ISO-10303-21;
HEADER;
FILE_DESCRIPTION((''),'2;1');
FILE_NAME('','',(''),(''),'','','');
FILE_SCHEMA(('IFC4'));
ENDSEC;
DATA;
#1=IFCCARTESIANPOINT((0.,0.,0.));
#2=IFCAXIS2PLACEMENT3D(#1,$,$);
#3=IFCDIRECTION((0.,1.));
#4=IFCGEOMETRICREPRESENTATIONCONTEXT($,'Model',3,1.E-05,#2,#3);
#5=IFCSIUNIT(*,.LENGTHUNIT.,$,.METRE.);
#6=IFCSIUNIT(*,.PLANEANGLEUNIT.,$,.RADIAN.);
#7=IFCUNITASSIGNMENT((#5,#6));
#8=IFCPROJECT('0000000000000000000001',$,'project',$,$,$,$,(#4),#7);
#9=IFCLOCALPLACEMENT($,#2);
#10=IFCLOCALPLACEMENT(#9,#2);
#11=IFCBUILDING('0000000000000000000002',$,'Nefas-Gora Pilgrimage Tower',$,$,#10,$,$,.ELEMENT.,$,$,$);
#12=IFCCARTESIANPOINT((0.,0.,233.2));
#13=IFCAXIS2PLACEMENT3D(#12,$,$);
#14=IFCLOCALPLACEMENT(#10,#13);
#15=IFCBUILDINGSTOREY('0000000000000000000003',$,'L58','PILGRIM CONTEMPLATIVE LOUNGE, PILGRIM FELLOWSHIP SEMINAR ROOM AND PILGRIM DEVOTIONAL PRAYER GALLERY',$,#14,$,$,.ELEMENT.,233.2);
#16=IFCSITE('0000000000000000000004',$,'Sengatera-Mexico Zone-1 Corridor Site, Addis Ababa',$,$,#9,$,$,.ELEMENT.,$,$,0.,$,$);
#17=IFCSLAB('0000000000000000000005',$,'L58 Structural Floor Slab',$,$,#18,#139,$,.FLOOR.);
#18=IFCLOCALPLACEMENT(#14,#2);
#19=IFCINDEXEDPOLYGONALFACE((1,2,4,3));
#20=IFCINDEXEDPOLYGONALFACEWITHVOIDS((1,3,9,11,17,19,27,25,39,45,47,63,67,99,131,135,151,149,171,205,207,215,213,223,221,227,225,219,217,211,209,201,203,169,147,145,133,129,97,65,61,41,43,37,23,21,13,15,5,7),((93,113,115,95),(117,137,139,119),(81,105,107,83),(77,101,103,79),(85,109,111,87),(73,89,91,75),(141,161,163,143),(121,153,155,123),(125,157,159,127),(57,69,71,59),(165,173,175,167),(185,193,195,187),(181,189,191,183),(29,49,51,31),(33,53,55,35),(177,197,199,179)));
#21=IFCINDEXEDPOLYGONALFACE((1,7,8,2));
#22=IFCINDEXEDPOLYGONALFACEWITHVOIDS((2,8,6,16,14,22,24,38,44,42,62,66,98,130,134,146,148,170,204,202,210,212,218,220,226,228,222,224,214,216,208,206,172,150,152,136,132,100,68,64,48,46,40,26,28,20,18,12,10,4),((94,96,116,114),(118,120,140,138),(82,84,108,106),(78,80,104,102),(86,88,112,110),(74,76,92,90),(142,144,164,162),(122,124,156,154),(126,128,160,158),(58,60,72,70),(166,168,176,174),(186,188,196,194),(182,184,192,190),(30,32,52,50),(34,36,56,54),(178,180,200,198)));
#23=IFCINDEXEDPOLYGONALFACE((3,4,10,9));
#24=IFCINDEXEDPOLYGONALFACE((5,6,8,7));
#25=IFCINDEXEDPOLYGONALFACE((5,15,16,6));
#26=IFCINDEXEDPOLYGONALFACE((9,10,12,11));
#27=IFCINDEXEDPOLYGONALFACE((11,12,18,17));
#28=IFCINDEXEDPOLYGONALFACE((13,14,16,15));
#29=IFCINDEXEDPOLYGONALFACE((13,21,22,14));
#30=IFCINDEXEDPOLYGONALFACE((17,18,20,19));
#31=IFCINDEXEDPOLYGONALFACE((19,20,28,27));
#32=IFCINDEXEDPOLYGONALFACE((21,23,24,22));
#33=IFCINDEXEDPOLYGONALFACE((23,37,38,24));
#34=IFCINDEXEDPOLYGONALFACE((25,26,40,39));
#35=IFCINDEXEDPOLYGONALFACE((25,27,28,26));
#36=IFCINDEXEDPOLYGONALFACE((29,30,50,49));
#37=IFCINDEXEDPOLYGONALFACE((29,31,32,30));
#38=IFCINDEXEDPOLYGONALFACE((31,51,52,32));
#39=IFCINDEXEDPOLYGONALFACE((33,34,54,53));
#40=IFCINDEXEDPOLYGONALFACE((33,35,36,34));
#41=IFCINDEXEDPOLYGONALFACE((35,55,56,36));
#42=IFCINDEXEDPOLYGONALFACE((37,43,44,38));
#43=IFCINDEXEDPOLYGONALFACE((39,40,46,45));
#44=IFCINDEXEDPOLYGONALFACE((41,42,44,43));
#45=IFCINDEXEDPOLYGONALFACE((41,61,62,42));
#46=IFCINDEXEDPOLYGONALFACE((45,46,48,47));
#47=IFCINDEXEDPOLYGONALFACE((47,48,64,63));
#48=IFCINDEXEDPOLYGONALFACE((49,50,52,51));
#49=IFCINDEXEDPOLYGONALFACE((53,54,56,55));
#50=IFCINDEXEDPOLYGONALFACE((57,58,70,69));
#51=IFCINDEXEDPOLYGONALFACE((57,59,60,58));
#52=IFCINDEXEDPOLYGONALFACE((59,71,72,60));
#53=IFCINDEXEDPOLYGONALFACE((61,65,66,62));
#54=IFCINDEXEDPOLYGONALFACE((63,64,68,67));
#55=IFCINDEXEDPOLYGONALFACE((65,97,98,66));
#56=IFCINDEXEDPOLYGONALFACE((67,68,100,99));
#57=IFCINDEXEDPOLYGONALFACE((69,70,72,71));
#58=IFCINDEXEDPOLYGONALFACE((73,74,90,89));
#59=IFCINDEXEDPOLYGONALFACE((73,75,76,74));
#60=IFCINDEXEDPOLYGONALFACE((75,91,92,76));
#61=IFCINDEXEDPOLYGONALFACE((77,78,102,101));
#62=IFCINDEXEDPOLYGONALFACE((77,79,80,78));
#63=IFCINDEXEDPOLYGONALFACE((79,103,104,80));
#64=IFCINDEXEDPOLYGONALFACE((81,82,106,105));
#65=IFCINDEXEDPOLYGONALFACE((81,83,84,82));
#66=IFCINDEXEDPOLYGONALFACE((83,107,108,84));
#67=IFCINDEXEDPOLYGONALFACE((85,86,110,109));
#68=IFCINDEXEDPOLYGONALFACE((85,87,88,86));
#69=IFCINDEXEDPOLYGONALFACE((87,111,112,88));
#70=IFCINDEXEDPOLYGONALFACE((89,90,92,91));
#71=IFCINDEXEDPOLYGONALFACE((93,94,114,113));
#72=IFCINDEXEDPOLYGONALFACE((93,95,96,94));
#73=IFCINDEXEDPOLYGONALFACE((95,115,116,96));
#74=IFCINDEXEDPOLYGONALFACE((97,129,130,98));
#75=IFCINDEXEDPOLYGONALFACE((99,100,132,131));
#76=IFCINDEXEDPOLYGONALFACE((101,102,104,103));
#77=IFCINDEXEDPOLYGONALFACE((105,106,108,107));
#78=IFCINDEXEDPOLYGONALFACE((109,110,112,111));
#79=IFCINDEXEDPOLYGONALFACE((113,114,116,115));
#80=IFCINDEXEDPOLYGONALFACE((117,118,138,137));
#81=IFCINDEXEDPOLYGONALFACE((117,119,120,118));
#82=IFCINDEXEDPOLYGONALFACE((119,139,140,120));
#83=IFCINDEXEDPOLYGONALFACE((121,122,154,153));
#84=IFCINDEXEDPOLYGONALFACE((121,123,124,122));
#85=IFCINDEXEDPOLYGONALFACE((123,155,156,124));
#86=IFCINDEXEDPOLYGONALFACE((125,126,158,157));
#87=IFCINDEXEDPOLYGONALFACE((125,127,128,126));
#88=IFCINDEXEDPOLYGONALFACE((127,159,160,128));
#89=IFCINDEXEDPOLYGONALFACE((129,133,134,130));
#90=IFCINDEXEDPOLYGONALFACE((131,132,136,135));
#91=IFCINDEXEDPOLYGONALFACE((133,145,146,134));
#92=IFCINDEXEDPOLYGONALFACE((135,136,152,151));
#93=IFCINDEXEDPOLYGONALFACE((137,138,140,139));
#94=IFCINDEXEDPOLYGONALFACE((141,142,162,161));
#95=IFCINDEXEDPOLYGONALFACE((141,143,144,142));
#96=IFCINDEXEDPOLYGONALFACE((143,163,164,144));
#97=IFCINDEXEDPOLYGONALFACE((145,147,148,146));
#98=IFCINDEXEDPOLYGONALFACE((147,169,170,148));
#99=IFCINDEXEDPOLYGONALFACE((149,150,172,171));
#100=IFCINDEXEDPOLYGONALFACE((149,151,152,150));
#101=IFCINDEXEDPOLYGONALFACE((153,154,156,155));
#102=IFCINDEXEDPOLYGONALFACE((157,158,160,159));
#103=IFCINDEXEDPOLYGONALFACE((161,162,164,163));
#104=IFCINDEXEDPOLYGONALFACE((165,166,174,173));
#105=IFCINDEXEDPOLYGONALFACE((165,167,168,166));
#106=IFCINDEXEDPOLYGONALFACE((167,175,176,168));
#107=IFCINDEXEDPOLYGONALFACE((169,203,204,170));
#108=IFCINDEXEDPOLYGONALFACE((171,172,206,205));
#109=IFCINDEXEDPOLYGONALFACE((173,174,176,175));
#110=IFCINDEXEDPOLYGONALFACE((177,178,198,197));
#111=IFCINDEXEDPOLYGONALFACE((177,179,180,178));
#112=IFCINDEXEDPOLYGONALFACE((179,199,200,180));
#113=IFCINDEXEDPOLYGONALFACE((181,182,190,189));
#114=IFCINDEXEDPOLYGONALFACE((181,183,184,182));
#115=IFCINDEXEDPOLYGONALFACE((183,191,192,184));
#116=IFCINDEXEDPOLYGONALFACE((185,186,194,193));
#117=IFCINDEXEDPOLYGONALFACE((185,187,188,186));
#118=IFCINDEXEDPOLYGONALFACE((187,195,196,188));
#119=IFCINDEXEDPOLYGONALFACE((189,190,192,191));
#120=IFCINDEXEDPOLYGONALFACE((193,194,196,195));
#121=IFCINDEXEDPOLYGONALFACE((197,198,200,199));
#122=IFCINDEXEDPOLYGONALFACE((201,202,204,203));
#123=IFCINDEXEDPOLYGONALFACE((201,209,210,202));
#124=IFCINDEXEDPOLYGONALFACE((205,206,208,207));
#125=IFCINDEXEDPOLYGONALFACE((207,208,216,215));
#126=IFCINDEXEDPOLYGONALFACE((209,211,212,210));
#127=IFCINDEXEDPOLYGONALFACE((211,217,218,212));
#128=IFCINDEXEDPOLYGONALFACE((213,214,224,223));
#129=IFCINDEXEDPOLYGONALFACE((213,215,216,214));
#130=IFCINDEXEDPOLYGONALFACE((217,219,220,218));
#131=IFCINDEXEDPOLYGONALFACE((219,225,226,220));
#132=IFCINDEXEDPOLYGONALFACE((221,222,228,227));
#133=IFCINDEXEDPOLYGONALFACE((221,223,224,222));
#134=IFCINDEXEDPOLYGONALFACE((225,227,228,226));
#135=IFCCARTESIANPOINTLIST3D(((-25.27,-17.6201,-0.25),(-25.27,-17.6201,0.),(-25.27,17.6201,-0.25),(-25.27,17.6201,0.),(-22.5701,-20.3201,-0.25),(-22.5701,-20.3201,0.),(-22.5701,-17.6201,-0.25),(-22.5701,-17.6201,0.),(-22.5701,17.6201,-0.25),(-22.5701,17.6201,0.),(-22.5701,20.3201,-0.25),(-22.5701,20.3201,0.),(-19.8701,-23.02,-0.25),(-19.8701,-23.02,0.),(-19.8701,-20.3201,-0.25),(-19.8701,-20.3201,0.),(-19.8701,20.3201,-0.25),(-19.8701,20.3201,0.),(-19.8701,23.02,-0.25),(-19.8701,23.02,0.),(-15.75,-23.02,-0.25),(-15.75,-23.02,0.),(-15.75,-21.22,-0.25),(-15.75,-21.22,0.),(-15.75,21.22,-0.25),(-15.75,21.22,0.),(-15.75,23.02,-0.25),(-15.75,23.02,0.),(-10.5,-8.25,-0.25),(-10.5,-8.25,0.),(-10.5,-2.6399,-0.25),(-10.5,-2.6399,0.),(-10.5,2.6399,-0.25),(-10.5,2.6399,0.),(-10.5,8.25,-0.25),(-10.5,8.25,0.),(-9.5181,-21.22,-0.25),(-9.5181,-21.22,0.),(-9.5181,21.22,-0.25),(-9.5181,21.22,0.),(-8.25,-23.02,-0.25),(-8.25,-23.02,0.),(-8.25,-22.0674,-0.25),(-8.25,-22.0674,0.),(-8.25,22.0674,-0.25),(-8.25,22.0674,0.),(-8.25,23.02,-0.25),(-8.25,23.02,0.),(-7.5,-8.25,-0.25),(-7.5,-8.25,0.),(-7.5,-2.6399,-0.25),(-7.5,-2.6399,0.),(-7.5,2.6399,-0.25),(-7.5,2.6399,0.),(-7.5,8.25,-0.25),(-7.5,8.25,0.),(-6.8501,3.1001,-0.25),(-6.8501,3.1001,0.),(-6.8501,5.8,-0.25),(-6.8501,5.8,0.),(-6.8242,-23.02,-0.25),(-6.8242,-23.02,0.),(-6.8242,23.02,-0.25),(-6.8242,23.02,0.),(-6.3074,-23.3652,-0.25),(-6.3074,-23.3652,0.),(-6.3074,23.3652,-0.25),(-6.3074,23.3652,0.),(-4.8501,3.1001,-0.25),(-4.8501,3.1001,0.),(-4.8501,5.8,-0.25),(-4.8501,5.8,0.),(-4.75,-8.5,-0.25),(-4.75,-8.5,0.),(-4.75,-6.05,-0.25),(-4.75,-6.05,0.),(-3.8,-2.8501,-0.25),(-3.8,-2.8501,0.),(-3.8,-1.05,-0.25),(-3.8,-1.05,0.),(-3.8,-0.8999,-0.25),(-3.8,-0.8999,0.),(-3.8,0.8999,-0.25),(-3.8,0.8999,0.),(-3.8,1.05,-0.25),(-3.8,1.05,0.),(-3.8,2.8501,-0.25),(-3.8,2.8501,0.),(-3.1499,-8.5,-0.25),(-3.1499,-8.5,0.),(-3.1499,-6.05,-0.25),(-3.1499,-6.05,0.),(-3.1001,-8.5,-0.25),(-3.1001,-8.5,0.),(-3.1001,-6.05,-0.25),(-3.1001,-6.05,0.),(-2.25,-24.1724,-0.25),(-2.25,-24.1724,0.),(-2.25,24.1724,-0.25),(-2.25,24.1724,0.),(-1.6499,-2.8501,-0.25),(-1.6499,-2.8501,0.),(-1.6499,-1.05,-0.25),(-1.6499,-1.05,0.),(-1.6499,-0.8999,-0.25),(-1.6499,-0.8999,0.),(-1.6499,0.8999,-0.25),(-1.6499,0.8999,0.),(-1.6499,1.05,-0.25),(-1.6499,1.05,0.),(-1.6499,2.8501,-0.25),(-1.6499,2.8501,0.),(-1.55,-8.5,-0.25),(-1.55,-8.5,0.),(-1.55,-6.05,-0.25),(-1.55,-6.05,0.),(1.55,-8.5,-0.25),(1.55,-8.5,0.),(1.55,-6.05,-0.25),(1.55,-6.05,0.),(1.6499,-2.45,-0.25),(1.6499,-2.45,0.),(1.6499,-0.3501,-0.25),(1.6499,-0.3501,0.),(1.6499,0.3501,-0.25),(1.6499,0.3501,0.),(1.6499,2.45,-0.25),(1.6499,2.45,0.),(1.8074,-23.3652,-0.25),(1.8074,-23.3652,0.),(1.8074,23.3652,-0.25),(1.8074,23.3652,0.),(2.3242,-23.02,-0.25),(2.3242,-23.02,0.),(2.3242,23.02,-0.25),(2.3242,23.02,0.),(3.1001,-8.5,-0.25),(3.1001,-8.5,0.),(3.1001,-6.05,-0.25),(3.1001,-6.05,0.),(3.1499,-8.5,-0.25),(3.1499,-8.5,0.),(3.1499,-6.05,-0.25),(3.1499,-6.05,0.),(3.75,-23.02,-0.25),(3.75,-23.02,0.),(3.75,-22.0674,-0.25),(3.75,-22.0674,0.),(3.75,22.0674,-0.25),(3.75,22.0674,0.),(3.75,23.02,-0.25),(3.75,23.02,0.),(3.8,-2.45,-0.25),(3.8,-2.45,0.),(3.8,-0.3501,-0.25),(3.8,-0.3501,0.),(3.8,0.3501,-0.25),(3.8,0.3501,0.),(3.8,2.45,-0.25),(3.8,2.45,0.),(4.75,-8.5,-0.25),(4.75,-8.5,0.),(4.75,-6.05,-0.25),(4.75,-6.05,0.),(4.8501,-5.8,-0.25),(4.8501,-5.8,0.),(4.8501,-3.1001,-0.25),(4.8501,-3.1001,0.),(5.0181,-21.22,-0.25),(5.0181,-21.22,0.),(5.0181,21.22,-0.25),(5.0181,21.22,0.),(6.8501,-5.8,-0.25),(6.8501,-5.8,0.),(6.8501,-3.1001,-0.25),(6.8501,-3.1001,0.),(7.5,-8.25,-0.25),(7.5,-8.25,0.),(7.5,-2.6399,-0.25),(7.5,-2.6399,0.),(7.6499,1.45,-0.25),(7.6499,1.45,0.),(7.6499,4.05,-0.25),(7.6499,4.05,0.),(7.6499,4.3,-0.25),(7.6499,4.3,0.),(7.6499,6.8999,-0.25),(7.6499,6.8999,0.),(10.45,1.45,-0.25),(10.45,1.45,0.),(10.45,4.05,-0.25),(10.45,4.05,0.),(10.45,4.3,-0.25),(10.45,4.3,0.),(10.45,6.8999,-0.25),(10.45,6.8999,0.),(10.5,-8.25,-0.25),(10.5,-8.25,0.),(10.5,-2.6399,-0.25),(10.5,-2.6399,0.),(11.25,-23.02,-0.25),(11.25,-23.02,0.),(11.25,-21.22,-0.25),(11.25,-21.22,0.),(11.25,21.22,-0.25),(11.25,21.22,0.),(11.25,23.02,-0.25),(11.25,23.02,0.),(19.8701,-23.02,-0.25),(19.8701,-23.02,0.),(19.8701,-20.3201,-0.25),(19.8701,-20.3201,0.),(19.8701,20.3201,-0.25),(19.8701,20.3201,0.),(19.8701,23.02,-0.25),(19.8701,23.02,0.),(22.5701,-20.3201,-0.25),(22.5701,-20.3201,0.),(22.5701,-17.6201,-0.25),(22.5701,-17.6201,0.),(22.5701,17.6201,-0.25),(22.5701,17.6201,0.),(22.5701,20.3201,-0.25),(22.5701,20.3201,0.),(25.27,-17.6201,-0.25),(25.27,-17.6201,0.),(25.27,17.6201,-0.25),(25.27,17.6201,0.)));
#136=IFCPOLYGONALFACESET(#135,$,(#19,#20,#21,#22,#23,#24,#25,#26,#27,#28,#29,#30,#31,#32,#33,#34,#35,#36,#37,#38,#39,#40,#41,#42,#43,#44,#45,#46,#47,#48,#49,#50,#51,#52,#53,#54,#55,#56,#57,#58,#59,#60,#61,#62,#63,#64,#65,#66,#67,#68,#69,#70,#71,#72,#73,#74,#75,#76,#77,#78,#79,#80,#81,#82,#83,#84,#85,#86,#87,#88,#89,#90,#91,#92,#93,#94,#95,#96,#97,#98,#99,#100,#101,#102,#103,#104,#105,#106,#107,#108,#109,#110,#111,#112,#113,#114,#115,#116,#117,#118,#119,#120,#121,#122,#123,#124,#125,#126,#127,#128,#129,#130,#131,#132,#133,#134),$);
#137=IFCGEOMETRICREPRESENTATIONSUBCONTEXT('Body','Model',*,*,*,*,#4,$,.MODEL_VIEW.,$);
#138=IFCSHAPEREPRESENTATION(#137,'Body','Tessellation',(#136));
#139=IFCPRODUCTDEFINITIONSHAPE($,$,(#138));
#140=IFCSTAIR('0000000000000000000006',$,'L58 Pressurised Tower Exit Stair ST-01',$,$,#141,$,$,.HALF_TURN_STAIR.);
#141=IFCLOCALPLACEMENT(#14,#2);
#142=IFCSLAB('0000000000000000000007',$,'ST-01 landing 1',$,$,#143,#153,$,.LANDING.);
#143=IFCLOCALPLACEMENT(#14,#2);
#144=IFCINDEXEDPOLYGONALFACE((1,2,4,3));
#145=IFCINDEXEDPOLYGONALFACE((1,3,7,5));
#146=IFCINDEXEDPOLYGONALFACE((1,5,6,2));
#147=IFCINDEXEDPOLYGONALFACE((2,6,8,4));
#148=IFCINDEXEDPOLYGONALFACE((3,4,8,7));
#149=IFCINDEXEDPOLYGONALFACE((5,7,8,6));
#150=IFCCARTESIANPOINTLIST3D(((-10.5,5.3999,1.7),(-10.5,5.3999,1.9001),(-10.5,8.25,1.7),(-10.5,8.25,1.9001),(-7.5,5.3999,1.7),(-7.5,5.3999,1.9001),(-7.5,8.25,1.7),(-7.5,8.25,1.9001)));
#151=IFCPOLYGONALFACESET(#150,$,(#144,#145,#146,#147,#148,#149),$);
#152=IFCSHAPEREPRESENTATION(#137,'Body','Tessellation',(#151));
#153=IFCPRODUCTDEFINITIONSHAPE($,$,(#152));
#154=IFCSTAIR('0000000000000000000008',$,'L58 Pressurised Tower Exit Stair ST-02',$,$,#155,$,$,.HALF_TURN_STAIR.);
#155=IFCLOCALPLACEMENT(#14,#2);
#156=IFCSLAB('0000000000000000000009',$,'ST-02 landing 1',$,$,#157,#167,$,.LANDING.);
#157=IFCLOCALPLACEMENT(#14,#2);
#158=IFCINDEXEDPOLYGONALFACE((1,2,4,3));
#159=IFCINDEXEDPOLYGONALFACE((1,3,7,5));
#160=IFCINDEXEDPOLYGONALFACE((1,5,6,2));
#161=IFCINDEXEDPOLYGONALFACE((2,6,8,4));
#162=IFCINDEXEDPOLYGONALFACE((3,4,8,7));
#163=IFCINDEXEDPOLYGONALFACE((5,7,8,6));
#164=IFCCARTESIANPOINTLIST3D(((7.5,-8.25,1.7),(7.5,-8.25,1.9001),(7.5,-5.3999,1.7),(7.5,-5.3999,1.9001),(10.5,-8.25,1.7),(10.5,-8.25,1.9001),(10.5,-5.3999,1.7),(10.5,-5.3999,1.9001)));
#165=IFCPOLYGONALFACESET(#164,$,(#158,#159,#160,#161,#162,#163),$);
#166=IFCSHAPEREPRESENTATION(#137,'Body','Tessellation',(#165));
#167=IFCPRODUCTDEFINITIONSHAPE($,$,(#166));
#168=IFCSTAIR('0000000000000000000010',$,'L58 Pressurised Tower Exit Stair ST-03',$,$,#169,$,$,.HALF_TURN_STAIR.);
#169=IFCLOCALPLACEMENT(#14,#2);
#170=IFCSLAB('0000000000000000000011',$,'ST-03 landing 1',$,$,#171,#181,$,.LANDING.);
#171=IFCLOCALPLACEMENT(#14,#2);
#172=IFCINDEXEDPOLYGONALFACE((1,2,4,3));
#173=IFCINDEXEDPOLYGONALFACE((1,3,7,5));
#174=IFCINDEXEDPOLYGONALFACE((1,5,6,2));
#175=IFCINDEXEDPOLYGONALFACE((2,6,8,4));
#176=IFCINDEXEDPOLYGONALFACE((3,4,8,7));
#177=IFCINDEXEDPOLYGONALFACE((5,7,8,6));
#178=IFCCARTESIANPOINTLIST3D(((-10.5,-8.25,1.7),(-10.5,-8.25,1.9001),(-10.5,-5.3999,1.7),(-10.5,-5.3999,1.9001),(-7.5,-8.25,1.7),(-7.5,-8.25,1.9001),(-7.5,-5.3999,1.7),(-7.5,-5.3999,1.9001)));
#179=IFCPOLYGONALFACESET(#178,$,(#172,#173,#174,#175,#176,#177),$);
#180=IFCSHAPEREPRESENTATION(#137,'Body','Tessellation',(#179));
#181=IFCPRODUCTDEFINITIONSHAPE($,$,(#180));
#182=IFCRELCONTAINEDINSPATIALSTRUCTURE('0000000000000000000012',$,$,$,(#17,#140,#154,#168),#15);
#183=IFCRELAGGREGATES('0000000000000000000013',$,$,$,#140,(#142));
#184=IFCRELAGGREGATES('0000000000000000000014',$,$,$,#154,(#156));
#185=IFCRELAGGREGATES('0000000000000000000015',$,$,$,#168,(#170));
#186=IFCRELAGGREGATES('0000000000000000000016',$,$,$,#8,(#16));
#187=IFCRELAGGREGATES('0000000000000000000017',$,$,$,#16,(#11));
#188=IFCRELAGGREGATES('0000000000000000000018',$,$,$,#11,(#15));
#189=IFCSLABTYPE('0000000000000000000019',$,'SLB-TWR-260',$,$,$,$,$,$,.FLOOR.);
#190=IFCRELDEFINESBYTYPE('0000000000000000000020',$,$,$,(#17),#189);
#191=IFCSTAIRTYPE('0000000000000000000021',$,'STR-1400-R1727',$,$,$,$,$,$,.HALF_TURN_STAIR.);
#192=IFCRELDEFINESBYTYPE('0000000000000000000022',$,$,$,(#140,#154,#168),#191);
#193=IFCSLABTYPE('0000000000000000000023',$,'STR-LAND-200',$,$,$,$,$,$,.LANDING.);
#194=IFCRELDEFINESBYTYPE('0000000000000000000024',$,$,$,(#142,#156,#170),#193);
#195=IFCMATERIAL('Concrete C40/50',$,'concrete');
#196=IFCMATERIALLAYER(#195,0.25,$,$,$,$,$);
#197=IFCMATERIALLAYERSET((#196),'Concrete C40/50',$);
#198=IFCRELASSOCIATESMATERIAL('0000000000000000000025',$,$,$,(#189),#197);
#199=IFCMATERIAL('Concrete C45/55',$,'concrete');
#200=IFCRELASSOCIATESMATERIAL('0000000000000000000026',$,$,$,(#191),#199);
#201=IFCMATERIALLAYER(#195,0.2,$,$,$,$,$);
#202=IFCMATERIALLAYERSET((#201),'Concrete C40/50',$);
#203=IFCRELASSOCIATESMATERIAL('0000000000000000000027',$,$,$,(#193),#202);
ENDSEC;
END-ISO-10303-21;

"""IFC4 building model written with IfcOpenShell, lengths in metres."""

from ifc_helpers import new_model, si_unit, direction, frame, origin, place, context, subcontext, project, spatial, polyline, outline, extrude, material, layer, layer_set, type_object, element, aggregate, save


model = new_model("IFC4")

# Units and contexts
model_context = context("Model", 3, precision=1e-05, world=origin(), true_north=direction((0.0, 1.0)))
body_context = subcontext(model_context, "Body", "Model", "MODEL_VIEW")
ifc_project = project(units=[si_unit("LENGTHUNIT", "METRE"), si_unit("PLANEANGLEUNIT", "RADIAN")], contexts=[model_context])

# Site, building, storey
site_placement = place(None, origin())
site = spatial("IfcSite", under=ifc_project, at=site_placement, Name="Sengatera-Mexico Zone-1 Corridor Site, Addis Ababa", CompositionType="ELEMENT", RefElevation=0.0)
building_placement = place(site_placement, origin())
building = spatial("IfcBuilding", under=site, at=building_placement, Name="Nefas-Gora Pilgrimage Tower", CompositionType="ELEMENT")
storey_placement = place(building_placement, frame((0.0, 0.0, 233.2)))
storey = spatial("IfcBuildingStorey", under=building, at=storey_placement, Name="L58", Description="PILGRIM CONTEMPLATIVE LOUNGE, PILGRIM FELLOWSHIP SEMINAR ROOM AND PILGRIM DEVOTIONAL PRAYER GALLERY", CompositionType="ELEMENT", Elevation=233.2)

# Slab
ifc_material_1 = material(Name="Concrete C40/50", Category="concrete")
ifc_layer_1 = layer(ifc_material_1, 0.25)
ifc_layer_set_1 = layer_set([ifc_layer_1], Name="Concrete C40/50")
slab_type_1 = type_object("IfcSlabType", Name="SLB-TWR-260", PredefinedType="FLOOR", material=ifc_layer_set_1)
slab_1_placement = place(storey_placement, frame((0.0, 0.0, -0.25)))
element("IfcSlab", 1, at=slab_1_placement, inside=storey, type_object=slab_type_1, Name="L58 Structural Floor Slab", PredefinedType="FLOOR", context=body_context, shape_type="SweptSolid", body=[
    extrude(outline(polyline([(5.0181, -21.22), (11.25, -21.22), (11.25, -23.02), (19.8701, -23.02), (19.8701, -20.3201), (22.5701, -20.3201), (22.5701, -17.6201), (25.27, -17.6201), (25.27, 17.6201), (22.5701, 17.6201), (22.5701, 20.3201), (19.8701, 20.3201), (19.8701, 23.02), (11.25, 23.02), (11.25, 21.22), (5.0181, 21.22), (3.75, 22.0674), (3.75, 23.02), (2.3242, 23.02), (1.8074, 23.3652), (-2.25, 24.1724), (-6.3074, 23.3652), (-6.8242, 23.02), (-8.25, 23.02), (-8.25, 22.0674), (-9.5181, 21.22), (-15.75, 21.22), (-15.75, 23.02), (-19.8701, 23.02), (-19.8701, 20.3201), (-22.5701, 20.3201), (-22.5701, 17.6201), (-25.27, 17.6201), (-25.27, -17.6201), (-22.5701, -17.6201), (-22.5701, -20.3201), (-19.8701, -20.3201), (-19.8701, -23.02), (-15.75, -23.02), (-15.75, -21.22), (-9.5181, -21.22), (-8.25, -22.0674), (-8.25, -23.02), (-6.8242, -23.02), (-6.3074, -23.3652), (-2.25, -24.1724), (1.8074, -23.3652), (2.3242, -23.02), (3.75, -23.02), (3.75, -22.0674), (5.0181, -21.22)]), holes=[polyline([(-10.5, 2.6399), (-10.5, 8.25), (-7.5, 8.25), (-7.5, 2.6399), (-10.5, 2.6399)]), polyline([(10.5, -2.6399), (10.5, -8.25), (7.5, -8.25), (7.5, -2.6399), (10.5, -2.6399)]), polyline([(-7.5, -2.6399), (-7.5, -8.25), (-10.5, -8.25), (-10.5, -2.6399), (-7.5, -2.6399)]), polyline([(-6.8501, 5.8), (-4.8501, 5.8), (-4.8501, 3.1001), (-6.8501, 3.1001), (-6.8501, 5.8)]), polyline([(4.8501, -3.1001), (6.8501, -3.1001), (6.8501, -5.8), (4.8501, -5.8), (4.8501, -3.1001)]), polyline([(7.6499, 4.05), (10.45, 4.05), (10.45, 1.45), (7.6499, 1.45), (7.6499, 4.05)]), polyline([(7.6499, 6.8999), (10.45, 6.8999), (10.45, 4.3), (7.6499, 4.3), (7.6499, 6.8999)]), polyline([(-4.75, -6.05), (-3.1499, -6.05), (-3.1499, -8.5), (-4.75, -8.5), (-4.75, -6.05)]), polyline([(-3.1001, -6.05), (-1.55, -6.05), (-1.55, -8.5), (-3.1001, -8.5), (-3.1001, -6.05)]), polyline([(1.55, -6.05), (3.1001, -6.05), (3.1001, -8.5), (1.55, -8.5), (1.55, -6.05)]), polyline([(3.1499, -6.05), (4.75, -6.05), (4.75, -8.5), (3.1499, -8.5), (3.1499, -6.05)]), polyline([(-3.8, -1.05), (-1.6499, -1.05), (-1.6499, -2.8501), (-3.8, -2.8501), (-3.8, -1.05)]), polyline([(-3.8, 0.8999), (-1.6499, 0.8999), (-1.6499, -0.8999), (-3.8, -0.8999), (-3.8, 0.8999)]), polyline([(-3.8, 2.8501), (-1.6499, 2.8501), (-1.6499, 1.05), (-3.8, 1.05), (-3.8, 2.8501)]), polyline([(1.6499, -0.3501), (3.8, -0.3501), (3.8, -2.45), (1.6499, -2.45), (1.6499, -0.3501)]), polyline([(1.6499, 2.45), (3.8, 2.45), (3.8, 0.3501), (1.6499, 0.3501), (1.6499, 2.45)])]), origin(), (0.0, 0.0, 1.0), 0.25),
])

# Stairs, slabs
ifc_material_2 = material(Name="Concrete C45/55", Category="concrete")
stair_type = type_object("IfcStairType", Name="STR-1400-R1727", PredefinedType="HALF_TURN_STAIR", material=ifc_material_2)
stair_1_placement = place(storey_placement, origin())
stair_1 = element("IfcStair", 2, at=stair_1_placement, inside=storey, type_object=stair_type, Name="L58 Pressurised Tower Exit Stair ST-01", PredefinedType="HALF_TURN_STAIR")
ifc_layer_2 = layer(ifc_material_1, 0.2)
ifc_layer_set_2 = layer_set([ifc_layer_2], Name="Concrete C40/50")
slab_type_2 = type_object("IfcSlabType", Name="STR-LAND-200", PredefinedType="LANDING", material=ifc_layer_set_2)
slab_2_placement = place(storey_placement, frame((0.0, 0.0, 1.7)))
slab_2 = element("IfcSlab", 3, at=slab_2_placement, type_object=slab_type_2, Name="ST-01 landing 1", PredefinedType="LANDING", context=body_context, shape_type="SweptSolid", body=[
    extrude(outline(polyline([(-7.5, 5.3999), (-7.5, 8.25), (-10.5, 8.25), (-10.5, 5.3999), (-7.5, 5.3999)])), origin(), (0.0, 0.0, 1.0), 0.2002),
])
aggregate(stair_1, [slab_2])
stair_2_placement = place(storey_placement, origin())
stair_2 = element("IfcStair", 4, at=stair_2_placement, inside=storey, type_object=stair_type, Name="L58 Pressurised Tower Exit Stair ST-02", PredefinedType="HALF_TURN_STAIR")
slab_3_placement = place(storey_placement, frame((0.0, 0.0, 1.7)))
slab_3 = element("IfcSlab", 5, at=slab_3_placement, type_object=slab_type_2, Name="ST-02 landing 1", PredefinedType="LANDING", context=body_context, shape_type="SweptSolid", body=[
    extrude(outline(polyline([(7.5, -5.3999), (7.5, -8.25), (10.5, -8.25), (10.5, -5.3999), (7.5, -5.3999)])), origin(), (0.0, 0.0, 1.0), 0.2002),
])
aggregate(stair_2, [slab_3])
stair_3_placement = place(storey_placement, origin())
stair_3 = element("IfcStair", 6, at=stair_3_placement, inside=storey, type_object=stair_type, Name="L58 Pressurised Tower Exit Stair ST-03", PredefinedType="HALF_TURN_STAIR")
slab_4_placement = place(storey_placement, frame((0.0, 0.0, 1.7)))
slab_4 = element("IfcSlab", 7, at=slab_4_placement, type_object=slab_type_2, Name="ST-03 landing 1", PredefinedType="LANDING", context=body_context, shape_type="SweptSolid", body=[
    extrude(outline(polyline([(-10.5, -5.3999), (-10.5, -8.25), (-7.5, -8.25), (-7.5, -5.3999), (-10.5, -5.3999)])), origin(), (0.0, 0.0, 1.0), 0.2002),
])
aggregate(stair_3, [slab_4])

save(model, "model.ifc")
